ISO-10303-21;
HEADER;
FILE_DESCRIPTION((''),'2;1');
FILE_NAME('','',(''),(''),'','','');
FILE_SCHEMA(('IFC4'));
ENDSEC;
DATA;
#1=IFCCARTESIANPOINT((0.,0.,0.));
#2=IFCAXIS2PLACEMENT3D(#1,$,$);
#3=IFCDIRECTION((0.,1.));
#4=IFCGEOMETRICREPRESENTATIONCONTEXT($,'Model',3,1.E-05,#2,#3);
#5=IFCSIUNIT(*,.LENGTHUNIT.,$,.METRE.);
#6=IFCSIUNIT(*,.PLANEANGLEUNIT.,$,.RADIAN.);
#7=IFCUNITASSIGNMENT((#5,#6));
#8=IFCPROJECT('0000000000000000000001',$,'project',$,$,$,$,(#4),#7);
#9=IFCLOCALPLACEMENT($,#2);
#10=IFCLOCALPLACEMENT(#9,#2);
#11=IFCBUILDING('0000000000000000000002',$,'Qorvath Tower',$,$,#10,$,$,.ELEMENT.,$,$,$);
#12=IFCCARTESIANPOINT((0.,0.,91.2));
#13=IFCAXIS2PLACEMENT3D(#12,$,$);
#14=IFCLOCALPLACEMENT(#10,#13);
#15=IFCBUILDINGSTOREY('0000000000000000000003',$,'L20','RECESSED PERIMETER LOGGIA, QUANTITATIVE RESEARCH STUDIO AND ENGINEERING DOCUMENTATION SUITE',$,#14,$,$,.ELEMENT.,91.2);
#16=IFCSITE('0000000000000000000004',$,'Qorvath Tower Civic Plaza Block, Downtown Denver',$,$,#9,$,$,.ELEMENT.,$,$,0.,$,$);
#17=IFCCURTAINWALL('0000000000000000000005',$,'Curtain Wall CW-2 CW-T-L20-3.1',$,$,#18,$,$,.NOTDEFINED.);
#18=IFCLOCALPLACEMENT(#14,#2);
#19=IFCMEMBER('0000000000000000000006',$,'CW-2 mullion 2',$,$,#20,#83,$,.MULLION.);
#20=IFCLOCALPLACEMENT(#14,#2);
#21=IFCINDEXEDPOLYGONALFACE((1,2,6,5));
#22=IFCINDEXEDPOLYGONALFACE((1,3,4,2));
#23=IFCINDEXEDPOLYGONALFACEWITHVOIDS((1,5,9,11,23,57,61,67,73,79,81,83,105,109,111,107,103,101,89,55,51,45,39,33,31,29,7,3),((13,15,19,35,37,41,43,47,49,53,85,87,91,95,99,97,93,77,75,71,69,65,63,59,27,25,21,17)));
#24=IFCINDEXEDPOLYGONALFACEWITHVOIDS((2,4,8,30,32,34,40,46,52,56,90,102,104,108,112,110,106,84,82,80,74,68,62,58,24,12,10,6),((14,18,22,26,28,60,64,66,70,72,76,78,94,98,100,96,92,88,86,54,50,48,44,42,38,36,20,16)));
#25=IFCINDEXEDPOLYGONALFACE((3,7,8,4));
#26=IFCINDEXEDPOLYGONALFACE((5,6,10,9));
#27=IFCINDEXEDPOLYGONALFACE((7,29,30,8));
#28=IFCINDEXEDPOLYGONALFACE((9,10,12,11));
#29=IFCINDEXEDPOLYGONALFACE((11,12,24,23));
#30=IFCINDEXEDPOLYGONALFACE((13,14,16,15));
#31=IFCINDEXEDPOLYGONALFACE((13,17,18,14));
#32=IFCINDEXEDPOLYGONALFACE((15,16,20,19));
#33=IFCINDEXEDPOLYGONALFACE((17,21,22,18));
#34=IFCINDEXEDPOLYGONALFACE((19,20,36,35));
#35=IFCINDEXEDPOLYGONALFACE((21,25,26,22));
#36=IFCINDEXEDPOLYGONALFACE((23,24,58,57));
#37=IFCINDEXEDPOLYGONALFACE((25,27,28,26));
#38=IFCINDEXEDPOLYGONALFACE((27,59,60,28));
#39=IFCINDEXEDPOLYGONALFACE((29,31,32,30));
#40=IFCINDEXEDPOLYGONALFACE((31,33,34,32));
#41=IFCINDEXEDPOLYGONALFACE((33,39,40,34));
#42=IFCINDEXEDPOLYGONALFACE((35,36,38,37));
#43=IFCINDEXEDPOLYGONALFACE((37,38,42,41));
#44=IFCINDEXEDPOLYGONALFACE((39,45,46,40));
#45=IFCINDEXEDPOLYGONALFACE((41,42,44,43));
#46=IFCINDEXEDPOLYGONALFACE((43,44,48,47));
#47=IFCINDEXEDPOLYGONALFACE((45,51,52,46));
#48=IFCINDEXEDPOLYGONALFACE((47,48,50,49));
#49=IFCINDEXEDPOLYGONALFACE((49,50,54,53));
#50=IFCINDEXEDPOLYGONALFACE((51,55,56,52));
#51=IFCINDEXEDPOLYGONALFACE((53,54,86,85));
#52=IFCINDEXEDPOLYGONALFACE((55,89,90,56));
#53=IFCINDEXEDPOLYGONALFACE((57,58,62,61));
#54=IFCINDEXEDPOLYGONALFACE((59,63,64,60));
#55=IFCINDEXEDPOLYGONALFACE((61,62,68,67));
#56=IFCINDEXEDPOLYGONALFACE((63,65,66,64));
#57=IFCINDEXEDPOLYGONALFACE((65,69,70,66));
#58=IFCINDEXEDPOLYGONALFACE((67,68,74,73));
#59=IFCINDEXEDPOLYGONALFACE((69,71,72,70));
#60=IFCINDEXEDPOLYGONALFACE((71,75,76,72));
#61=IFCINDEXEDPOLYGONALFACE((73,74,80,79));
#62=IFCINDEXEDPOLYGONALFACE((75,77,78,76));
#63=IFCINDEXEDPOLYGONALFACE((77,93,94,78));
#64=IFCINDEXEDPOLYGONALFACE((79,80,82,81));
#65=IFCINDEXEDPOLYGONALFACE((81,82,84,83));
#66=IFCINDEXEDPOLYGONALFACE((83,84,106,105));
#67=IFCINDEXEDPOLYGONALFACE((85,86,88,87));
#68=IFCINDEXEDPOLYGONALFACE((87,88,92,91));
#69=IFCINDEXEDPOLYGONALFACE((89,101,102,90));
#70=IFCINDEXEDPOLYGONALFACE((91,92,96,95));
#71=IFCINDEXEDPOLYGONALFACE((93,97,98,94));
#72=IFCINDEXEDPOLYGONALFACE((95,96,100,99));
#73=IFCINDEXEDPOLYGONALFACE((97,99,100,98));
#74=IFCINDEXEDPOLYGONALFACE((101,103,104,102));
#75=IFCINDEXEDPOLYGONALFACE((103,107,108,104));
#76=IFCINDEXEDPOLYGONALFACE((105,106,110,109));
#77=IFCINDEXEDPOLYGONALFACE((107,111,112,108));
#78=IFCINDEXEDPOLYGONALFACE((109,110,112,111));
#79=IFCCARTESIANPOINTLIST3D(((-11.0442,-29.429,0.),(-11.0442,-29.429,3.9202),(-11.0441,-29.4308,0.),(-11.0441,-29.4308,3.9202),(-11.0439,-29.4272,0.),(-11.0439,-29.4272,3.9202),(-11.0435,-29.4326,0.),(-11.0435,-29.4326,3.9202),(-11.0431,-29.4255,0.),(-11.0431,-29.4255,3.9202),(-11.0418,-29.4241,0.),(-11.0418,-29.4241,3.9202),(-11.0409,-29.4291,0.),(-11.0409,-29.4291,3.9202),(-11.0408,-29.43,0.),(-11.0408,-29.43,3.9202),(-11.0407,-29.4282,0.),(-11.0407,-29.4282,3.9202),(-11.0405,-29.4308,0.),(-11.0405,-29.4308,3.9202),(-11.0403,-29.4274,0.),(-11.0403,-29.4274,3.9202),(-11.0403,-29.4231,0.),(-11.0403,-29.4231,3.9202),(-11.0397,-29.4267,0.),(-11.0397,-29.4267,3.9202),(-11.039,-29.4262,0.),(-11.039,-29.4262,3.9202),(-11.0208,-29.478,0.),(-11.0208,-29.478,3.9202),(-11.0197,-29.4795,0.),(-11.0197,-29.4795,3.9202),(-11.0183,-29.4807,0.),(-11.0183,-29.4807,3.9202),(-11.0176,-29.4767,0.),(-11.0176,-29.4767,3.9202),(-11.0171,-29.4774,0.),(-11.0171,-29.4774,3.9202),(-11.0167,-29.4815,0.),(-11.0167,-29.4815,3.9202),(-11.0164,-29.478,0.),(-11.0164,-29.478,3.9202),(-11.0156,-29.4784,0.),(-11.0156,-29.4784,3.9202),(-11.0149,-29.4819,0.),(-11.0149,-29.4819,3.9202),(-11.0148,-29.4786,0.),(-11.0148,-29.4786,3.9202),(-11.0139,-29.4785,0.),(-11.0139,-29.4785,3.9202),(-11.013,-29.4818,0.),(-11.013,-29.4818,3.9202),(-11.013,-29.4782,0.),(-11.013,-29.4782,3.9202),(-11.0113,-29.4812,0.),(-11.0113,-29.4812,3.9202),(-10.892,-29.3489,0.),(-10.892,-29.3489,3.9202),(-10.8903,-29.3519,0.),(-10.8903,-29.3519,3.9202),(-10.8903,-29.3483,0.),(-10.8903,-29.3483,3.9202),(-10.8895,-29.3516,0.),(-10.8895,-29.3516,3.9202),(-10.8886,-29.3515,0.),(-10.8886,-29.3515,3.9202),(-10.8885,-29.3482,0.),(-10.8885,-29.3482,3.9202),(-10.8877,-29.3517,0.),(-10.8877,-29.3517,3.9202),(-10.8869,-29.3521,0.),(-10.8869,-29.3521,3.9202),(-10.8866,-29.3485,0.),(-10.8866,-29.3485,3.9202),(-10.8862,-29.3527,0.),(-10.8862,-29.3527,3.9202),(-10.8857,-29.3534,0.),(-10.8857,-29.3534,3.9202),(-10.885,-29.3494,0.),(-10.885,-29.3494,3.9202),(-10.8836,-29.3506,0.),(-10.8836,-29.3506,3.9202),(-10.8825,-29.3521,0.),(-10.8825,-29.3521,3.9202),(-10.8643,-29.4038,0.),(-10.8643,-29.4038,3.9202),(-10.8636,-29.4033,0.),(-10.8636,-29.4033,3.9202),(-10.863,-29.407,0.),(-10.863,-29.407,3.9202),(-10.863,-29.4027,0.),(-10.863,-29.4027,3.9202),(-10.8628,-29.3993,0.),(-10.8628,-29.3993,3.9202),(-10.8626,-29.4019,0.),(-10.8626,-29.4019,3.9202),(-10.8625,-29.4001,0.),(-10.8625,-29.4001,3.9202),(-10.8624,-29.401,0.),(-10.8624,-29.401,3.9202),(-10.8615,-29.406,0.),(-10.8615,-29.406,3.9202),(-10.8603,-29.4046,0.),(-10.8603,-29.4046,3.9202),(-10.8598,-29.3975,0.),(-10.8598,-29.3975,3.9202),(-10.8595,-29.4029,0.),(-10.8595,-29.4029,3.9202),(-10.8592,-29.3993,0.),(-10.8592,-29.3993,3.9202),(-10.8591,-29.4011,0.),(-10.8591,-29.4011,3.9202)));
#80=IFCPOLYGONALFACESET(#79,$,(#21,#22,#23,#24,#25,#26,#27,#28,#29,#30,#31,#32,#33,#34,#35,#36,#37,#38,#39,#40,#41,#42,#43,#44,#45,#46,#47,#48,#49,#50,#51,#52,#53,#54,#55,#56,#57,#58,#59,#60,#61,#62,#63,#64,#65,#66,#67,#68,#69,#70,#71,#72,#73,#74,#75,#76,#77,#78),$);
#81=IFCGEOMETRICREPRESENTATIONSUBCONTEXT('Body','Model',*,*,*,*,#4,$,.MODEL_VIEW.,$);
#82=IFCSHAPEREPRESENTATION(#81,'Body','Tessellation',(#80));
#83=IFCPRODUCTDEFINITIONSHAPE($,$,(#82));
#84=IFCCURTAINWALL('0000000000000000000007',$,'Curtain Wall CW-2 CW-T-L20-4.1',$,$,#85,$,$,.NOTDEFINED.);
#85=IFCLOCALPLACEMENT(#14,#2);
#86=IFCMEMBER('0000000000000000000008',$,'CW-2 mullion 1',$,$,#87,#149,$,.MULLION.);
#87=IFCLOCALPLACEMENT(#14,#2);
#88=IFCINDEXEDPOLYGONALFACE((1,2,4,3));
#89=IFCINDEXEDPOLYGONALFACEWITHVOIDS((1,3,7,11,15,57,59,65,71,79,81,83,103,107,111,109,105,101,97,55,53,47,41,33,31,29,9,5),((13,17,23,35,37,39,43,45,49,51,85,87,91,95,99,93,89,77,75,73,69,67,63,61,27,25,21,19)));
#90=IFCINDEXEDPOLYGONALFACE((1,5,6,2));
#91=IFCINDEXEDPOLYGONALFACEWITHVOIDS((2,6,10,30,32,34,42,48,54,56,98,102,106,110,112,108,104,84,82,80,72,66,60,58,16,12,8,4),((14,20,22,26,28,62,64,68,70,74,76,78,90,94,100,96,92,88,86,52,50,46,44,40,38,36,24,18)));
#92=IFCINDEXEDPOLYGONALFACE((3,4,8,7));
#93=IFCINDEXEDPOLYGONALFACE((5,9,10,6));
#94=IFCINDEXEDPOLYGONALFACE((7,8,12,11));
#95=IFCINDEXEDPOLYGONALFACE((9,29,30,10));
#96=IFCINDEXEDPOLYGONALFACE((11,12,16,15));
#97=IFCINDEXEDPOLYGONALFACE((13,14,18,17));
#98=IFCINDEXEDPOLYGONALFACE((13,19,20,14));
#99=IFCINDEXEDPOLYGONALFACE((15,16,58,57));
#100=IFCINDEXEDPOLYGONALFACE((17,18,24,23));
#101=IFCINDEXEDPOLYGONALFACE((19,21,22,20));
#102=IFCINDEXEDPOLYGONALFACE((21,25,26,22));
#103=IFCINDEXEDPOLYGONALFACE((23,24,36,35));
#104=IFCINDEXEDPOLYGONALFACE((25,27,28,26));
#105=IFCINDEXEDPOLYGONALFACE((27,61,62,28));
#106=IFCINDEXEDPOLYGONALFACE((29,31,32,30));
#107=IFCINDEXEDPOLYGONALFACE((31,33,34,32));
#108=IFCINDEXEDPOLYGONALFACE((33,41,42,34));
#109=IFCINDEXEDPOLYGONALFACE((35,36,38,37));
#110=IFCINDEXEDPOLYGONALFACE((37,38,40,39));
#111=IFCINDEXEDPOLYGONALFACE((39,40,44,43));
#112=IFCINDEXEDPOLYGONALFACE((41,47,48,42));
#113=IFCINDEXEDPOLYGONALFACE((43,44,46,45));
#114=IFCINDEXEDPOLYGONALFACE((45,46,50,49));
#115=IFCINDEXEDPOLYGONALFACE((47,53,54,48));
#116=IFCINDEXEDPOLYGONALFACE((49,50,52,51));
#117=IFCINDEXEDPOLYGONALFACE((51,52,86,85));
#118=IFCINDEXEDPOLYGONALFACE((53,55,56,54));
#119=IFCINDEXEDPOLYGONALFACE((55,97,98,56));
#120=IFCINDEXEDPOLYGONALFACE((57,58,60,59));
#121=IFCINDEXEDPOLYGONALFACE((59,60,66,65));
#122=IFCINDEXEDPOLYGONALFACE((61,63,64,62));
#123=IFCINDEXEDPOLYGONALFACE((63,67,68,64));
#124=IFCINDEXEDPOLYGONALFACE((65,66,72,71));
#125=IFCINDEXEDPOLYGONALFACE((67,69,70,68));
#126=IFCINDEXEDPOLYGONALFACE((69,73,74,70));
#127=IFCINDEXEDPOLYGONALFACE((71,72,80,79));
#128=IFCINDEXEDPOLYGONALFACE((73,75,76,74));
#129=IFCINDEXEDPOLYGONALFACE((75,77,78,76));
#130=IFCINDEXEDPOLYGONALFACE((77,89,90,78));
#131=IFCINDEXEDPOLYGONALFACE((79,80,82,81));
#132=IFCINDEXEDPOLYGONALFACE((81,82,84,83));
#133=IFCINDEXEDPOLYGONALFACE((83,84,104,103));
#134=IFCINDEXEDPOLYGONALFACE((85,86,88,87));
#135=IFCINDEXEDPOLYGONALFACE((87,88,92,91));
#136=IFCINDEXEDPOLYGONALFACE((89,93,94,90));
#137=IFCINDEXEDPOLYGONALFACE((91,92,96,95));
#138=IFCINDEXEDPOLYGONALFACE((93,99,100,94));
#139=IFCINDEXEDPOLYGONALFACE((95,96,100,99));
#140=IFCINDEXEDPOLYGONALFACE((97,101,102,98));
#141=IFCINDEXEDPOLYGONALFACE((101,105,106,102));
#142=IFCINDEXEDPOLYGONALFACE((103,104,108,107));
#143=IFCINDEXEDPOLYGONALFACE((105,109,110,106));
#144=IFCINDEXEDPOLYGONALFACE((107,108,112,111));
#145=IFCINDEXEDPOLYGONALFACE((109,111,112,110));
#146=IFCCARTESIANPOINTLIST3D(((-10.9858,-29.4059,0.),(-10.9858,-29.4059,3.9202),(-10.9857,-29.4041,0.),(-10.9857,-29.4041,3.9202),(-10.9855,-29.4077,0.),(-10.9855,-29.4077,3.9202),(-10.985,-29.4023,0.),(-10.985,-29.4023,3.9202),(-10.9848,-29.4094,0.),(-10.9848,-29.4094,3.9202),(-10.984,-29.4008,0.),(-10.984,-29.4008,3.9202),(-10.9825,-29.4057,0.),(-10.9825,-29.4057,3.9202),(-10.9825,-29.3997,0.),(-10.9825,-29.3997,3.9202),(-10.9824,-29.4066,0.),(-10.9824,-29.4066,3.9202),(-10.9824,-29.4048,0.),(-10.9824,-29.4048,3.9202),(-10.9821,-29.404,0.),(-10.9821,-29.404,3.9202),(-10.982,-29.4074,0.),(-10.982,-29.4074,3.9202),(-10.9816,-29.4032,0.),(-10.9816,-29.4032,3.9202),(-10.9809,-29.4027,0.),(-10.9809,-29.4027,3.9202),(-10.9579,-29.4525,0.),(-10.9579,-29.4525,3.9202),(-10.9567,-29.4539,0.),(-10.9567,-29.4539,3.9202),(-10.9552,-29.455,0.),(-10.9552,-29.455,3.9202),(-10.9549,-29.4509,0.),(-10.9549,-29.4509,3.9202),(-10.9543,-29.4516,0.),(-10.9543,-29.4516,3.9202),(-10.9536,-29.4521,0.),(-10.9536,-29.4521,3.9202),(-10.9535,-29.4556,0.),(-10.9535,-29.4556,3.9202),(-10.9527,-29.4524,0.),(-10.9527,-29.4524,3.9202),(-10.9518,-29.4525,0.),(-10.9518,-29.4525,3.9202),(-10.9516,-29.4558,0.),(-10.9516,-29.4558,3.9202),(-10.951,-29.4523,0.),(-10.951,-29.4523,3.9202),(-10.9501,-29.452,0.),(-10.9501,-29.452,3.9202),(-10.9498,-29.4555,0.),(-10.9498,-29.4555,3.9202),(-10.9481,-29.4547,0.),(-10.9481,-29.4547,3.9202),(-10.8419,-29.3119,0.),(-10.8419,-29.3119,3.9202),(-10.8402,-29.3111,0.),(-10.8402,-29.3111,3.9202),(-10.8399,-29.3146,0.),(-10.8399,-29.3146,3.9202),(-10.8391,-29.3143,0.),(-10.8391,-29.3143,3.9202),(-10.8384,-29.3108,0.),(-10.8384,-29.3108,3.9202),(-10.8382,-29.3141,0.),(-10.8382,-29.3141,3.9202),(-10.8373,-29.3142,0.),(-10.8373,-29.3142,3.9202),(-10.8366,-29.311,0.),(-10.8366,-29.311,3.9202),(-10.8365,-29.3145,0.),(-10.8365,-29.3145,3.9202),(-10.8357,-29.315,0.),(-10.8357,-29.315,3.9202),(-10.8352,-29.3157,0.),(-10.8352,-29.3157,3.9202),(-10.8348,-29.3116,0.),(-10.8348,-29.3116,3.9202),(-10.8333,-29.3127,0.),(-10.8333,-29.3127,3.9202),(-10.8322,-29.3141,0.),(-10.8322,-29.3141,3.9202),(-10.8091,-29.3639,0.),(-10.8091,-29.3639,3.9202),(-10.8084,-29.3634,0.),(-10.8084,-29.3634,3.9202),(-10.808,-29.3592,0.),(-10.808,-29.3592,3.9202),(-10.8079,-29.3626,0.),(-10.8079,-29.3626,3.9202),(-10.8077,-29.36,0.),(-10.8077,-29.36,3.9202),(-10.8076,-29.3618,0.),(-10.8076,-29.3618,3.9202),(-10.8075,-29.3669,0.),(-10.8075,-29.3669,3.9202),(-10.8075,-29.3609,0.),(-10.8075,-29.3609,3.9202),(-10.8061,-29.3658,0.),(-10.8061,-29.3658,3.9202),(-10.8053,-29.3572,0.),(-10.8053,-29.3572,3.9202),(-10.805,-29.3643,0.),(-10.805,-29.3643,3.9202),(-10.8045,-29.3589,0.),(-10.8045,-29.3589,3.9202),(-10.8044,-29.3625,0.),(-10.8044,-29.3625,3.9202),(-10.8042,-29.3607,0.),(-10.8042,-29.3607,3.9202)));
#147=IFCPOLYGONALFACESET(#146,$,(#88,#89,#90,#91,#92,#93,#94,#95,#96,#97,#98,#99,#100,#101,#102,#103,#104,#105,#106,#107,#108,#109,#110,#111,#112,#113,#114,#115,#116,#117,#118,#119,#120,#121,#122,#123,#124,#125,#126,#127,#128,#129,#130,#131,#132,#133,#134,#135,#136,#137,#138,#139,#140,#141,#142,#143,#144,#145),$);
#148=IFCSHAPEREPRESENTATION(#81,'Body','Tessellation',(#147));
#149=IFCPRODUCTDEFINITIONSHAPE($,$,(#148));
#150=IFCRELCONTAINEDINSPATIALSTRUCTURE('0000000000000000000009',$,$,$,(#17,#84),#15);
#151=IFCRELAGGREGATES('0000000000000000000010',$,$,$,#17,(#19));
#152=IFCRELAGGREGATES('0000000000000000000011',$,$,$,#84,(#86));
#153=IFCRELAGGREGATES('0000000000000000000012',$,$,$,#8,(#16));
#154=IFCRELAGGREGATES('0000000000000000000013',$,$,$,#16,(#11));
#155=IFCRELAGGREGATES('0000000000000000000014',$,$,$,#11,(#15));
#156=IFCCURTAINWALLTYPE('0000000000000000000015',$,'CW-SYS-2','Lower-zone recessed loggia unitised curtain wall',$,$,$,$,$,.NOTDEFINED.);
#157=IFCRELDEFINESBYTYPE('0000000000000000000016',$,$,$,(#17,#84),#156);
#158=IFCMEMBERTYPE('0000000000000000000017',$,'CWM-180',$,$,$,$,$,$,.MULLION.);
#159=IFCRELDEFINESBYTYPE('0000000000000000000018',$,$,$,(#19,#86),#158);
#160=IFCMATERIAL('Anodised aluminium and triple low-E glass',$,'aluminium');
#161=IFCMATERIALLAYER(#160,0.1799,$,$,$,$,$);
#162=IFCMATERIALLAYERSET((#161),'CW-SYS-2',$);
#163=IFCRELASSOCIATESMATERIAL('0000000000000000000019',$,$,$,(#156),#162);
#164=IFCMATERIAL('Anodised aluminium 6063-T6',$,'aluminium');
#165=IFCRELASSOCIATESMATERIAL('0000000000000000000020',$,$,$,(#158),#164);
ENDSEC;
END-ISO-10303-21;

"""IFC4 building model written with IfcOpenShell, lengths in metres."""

from ifc_helpers import new_model, si_unit, direction, frame, origin, origin_2d, place, context, subcontext, project, spatial, hollow_rectangle, extrude, material, layer, layer_set, material_profile, profile_set, type_object, element, aggregate, save


model = new_model("IFC4")

# Units and contexts
model_context = context("Model", 3, precision=1e-05, world=origin(), true_north=direction((0.0, 1.0)))
body_context = subcontext(model_context, "Body", "Model", "MODEL_VIEW")
ifc_project = project(units=[si_unit("LENGTHUNIT", "METRE"), si_unit("PLANEANGLEUNIT", "RADIAN")], contexts=[model_context])

# Site, building, storey
site_placement = place(None, origin())
site = spatial("IfcSite", under=ifc_project, at=site_placement, Name="Qorvath Tower Civic Plaza Block, Downtown Denver", CompositionType="ELEMENT", RefElevation=0.0)
building_placement = place(site_placement, origin())
building = spatial("IfcBuilding", under=site, at=building_placement, Name="Qorvath Tower", CompositionType="ELEMENT")
storey_placement = place(building_placement, frame((0.0, 0.0, 91.2)))
storey = spatial("IfcBuildingStorey", under=building, at=storey_placement, Name="L20", Description="RECESSED PERIMETER LOGGIA, QUANTITATIVE RESEARCH STUDIO AND ENGINEERING DOCUMENTATION SUITE", CompositionType="ELEMENT", Elevation=91.2)

# Shared definitions
ifc_material_1 = material(Name="Anodised aluminium and triple low-E glass", Category="aluminium")
ifc_layer_1 = layer(ifc_material_1, 0.1799)
ifc_layer_set_1 = layer_set([ifc_layer_1], Name="CW-SYS-2")
curtain_wall_type = type_object("IfcCurtainWallType", Name="CW-SYS-2", Description="Lower-zone recessed loggia unitised curtain wall", PredefinedType="NOTDEFINED", material=ifc_layer_set_1)
ifc_material_2 = material(Name="Anodised aluminium 6063-T6", Category="aluminium")
ifc_material_profile_1 = material_profile(ifc_material_2, hollow_rectangle(XDim=0.0649, YDim=0.1799, WallThickness=0.0034, InnerFilletRadius=0.0034, OuterFilletRadius=0.0071, at=origin_2d()), Name="CWM 180x65")
ifc_profile_set_1 = profile_set([ifc_material_profile_1], Name="Anodised aluminium 6063-T6")
member_type_1 = type_object("IfcMemberType", Name="CWM-180", PredefinedType="MULLION", material=ifc_profile_set_1)

# Curtain walls, members
curtain_wall_1_placement = place(storey_placement, origin())
curtain_wall_1 = element("IfcCurtainWall", 1, at=curtain_wall_1_placement, inside=storey, type_object=curtain_wall_type, Name="Curtain Wall CW-2 CW-T-L20-3.1", PredefinedType="NOTDEFINED")
member_1_placement = place(storey_placement, frame((-10.9517, -29.415, 0.0), z_axis=(0.0, 0.0, 1.0), x_axis=(-0.447245, 0.894411, 0.0)))
member_1 = element("IfcMember", 2, at=member_1_placement, type_object=member_type_1, Name="CW-2 mullion 2", PredefinedType="MULLION", context=body_context, shape_type="SweptSolid", body=[
    extrude(hollow_rectangle(XDim=0.0649, YDim=0.1799, WallThickness=0.0034, InnerFilletRadius=0.0034, OuterFilletRadius=0.0071, at=origin_2d()), origin(), (0.0, 0.0, 1.0), 3.9202),
])
curtain_wall_2_placement = place(storey_placement, origin())
curtain_wall_2 = element("IfcCurtainWall", 3, at=curtain_wall_2_placement, inside=storey, type_object=curtain_wall_type, Name="Curtain Wall CW-2 CW-T-L20-4.1", PredefinedType="NOTDEFINED")
member_2_placement = place(storey_placement, frame((-10.895, -29.3833, 0.0), z_axis=(0.0, 0.0, 1.0), x_axis=(-0.529596, 0.84825, 0.0)))
member_2 = element("IfcMember", 4, at=member_2_placement, type_object=member_type_1, Name="CW-2 mullion 1", PredefinedType="MULLION", context=body_context, shape_type="SweptSolid", body=[
    extrude(hollow_rectangle(XDim=0.0649, YDim=0.1799, WallThickness=0.0034, InnerFilletRadius=0.0034, OuterFilletRadius=0.0071, at=origin_2d()), origin(), (0.0, 0.0, 1.0), 3.9202),
])

aggregate(curtain_wall_1, [member_1])
aggregate(curtain_wall_2, [member_2])

save(model, "model.ifc")
